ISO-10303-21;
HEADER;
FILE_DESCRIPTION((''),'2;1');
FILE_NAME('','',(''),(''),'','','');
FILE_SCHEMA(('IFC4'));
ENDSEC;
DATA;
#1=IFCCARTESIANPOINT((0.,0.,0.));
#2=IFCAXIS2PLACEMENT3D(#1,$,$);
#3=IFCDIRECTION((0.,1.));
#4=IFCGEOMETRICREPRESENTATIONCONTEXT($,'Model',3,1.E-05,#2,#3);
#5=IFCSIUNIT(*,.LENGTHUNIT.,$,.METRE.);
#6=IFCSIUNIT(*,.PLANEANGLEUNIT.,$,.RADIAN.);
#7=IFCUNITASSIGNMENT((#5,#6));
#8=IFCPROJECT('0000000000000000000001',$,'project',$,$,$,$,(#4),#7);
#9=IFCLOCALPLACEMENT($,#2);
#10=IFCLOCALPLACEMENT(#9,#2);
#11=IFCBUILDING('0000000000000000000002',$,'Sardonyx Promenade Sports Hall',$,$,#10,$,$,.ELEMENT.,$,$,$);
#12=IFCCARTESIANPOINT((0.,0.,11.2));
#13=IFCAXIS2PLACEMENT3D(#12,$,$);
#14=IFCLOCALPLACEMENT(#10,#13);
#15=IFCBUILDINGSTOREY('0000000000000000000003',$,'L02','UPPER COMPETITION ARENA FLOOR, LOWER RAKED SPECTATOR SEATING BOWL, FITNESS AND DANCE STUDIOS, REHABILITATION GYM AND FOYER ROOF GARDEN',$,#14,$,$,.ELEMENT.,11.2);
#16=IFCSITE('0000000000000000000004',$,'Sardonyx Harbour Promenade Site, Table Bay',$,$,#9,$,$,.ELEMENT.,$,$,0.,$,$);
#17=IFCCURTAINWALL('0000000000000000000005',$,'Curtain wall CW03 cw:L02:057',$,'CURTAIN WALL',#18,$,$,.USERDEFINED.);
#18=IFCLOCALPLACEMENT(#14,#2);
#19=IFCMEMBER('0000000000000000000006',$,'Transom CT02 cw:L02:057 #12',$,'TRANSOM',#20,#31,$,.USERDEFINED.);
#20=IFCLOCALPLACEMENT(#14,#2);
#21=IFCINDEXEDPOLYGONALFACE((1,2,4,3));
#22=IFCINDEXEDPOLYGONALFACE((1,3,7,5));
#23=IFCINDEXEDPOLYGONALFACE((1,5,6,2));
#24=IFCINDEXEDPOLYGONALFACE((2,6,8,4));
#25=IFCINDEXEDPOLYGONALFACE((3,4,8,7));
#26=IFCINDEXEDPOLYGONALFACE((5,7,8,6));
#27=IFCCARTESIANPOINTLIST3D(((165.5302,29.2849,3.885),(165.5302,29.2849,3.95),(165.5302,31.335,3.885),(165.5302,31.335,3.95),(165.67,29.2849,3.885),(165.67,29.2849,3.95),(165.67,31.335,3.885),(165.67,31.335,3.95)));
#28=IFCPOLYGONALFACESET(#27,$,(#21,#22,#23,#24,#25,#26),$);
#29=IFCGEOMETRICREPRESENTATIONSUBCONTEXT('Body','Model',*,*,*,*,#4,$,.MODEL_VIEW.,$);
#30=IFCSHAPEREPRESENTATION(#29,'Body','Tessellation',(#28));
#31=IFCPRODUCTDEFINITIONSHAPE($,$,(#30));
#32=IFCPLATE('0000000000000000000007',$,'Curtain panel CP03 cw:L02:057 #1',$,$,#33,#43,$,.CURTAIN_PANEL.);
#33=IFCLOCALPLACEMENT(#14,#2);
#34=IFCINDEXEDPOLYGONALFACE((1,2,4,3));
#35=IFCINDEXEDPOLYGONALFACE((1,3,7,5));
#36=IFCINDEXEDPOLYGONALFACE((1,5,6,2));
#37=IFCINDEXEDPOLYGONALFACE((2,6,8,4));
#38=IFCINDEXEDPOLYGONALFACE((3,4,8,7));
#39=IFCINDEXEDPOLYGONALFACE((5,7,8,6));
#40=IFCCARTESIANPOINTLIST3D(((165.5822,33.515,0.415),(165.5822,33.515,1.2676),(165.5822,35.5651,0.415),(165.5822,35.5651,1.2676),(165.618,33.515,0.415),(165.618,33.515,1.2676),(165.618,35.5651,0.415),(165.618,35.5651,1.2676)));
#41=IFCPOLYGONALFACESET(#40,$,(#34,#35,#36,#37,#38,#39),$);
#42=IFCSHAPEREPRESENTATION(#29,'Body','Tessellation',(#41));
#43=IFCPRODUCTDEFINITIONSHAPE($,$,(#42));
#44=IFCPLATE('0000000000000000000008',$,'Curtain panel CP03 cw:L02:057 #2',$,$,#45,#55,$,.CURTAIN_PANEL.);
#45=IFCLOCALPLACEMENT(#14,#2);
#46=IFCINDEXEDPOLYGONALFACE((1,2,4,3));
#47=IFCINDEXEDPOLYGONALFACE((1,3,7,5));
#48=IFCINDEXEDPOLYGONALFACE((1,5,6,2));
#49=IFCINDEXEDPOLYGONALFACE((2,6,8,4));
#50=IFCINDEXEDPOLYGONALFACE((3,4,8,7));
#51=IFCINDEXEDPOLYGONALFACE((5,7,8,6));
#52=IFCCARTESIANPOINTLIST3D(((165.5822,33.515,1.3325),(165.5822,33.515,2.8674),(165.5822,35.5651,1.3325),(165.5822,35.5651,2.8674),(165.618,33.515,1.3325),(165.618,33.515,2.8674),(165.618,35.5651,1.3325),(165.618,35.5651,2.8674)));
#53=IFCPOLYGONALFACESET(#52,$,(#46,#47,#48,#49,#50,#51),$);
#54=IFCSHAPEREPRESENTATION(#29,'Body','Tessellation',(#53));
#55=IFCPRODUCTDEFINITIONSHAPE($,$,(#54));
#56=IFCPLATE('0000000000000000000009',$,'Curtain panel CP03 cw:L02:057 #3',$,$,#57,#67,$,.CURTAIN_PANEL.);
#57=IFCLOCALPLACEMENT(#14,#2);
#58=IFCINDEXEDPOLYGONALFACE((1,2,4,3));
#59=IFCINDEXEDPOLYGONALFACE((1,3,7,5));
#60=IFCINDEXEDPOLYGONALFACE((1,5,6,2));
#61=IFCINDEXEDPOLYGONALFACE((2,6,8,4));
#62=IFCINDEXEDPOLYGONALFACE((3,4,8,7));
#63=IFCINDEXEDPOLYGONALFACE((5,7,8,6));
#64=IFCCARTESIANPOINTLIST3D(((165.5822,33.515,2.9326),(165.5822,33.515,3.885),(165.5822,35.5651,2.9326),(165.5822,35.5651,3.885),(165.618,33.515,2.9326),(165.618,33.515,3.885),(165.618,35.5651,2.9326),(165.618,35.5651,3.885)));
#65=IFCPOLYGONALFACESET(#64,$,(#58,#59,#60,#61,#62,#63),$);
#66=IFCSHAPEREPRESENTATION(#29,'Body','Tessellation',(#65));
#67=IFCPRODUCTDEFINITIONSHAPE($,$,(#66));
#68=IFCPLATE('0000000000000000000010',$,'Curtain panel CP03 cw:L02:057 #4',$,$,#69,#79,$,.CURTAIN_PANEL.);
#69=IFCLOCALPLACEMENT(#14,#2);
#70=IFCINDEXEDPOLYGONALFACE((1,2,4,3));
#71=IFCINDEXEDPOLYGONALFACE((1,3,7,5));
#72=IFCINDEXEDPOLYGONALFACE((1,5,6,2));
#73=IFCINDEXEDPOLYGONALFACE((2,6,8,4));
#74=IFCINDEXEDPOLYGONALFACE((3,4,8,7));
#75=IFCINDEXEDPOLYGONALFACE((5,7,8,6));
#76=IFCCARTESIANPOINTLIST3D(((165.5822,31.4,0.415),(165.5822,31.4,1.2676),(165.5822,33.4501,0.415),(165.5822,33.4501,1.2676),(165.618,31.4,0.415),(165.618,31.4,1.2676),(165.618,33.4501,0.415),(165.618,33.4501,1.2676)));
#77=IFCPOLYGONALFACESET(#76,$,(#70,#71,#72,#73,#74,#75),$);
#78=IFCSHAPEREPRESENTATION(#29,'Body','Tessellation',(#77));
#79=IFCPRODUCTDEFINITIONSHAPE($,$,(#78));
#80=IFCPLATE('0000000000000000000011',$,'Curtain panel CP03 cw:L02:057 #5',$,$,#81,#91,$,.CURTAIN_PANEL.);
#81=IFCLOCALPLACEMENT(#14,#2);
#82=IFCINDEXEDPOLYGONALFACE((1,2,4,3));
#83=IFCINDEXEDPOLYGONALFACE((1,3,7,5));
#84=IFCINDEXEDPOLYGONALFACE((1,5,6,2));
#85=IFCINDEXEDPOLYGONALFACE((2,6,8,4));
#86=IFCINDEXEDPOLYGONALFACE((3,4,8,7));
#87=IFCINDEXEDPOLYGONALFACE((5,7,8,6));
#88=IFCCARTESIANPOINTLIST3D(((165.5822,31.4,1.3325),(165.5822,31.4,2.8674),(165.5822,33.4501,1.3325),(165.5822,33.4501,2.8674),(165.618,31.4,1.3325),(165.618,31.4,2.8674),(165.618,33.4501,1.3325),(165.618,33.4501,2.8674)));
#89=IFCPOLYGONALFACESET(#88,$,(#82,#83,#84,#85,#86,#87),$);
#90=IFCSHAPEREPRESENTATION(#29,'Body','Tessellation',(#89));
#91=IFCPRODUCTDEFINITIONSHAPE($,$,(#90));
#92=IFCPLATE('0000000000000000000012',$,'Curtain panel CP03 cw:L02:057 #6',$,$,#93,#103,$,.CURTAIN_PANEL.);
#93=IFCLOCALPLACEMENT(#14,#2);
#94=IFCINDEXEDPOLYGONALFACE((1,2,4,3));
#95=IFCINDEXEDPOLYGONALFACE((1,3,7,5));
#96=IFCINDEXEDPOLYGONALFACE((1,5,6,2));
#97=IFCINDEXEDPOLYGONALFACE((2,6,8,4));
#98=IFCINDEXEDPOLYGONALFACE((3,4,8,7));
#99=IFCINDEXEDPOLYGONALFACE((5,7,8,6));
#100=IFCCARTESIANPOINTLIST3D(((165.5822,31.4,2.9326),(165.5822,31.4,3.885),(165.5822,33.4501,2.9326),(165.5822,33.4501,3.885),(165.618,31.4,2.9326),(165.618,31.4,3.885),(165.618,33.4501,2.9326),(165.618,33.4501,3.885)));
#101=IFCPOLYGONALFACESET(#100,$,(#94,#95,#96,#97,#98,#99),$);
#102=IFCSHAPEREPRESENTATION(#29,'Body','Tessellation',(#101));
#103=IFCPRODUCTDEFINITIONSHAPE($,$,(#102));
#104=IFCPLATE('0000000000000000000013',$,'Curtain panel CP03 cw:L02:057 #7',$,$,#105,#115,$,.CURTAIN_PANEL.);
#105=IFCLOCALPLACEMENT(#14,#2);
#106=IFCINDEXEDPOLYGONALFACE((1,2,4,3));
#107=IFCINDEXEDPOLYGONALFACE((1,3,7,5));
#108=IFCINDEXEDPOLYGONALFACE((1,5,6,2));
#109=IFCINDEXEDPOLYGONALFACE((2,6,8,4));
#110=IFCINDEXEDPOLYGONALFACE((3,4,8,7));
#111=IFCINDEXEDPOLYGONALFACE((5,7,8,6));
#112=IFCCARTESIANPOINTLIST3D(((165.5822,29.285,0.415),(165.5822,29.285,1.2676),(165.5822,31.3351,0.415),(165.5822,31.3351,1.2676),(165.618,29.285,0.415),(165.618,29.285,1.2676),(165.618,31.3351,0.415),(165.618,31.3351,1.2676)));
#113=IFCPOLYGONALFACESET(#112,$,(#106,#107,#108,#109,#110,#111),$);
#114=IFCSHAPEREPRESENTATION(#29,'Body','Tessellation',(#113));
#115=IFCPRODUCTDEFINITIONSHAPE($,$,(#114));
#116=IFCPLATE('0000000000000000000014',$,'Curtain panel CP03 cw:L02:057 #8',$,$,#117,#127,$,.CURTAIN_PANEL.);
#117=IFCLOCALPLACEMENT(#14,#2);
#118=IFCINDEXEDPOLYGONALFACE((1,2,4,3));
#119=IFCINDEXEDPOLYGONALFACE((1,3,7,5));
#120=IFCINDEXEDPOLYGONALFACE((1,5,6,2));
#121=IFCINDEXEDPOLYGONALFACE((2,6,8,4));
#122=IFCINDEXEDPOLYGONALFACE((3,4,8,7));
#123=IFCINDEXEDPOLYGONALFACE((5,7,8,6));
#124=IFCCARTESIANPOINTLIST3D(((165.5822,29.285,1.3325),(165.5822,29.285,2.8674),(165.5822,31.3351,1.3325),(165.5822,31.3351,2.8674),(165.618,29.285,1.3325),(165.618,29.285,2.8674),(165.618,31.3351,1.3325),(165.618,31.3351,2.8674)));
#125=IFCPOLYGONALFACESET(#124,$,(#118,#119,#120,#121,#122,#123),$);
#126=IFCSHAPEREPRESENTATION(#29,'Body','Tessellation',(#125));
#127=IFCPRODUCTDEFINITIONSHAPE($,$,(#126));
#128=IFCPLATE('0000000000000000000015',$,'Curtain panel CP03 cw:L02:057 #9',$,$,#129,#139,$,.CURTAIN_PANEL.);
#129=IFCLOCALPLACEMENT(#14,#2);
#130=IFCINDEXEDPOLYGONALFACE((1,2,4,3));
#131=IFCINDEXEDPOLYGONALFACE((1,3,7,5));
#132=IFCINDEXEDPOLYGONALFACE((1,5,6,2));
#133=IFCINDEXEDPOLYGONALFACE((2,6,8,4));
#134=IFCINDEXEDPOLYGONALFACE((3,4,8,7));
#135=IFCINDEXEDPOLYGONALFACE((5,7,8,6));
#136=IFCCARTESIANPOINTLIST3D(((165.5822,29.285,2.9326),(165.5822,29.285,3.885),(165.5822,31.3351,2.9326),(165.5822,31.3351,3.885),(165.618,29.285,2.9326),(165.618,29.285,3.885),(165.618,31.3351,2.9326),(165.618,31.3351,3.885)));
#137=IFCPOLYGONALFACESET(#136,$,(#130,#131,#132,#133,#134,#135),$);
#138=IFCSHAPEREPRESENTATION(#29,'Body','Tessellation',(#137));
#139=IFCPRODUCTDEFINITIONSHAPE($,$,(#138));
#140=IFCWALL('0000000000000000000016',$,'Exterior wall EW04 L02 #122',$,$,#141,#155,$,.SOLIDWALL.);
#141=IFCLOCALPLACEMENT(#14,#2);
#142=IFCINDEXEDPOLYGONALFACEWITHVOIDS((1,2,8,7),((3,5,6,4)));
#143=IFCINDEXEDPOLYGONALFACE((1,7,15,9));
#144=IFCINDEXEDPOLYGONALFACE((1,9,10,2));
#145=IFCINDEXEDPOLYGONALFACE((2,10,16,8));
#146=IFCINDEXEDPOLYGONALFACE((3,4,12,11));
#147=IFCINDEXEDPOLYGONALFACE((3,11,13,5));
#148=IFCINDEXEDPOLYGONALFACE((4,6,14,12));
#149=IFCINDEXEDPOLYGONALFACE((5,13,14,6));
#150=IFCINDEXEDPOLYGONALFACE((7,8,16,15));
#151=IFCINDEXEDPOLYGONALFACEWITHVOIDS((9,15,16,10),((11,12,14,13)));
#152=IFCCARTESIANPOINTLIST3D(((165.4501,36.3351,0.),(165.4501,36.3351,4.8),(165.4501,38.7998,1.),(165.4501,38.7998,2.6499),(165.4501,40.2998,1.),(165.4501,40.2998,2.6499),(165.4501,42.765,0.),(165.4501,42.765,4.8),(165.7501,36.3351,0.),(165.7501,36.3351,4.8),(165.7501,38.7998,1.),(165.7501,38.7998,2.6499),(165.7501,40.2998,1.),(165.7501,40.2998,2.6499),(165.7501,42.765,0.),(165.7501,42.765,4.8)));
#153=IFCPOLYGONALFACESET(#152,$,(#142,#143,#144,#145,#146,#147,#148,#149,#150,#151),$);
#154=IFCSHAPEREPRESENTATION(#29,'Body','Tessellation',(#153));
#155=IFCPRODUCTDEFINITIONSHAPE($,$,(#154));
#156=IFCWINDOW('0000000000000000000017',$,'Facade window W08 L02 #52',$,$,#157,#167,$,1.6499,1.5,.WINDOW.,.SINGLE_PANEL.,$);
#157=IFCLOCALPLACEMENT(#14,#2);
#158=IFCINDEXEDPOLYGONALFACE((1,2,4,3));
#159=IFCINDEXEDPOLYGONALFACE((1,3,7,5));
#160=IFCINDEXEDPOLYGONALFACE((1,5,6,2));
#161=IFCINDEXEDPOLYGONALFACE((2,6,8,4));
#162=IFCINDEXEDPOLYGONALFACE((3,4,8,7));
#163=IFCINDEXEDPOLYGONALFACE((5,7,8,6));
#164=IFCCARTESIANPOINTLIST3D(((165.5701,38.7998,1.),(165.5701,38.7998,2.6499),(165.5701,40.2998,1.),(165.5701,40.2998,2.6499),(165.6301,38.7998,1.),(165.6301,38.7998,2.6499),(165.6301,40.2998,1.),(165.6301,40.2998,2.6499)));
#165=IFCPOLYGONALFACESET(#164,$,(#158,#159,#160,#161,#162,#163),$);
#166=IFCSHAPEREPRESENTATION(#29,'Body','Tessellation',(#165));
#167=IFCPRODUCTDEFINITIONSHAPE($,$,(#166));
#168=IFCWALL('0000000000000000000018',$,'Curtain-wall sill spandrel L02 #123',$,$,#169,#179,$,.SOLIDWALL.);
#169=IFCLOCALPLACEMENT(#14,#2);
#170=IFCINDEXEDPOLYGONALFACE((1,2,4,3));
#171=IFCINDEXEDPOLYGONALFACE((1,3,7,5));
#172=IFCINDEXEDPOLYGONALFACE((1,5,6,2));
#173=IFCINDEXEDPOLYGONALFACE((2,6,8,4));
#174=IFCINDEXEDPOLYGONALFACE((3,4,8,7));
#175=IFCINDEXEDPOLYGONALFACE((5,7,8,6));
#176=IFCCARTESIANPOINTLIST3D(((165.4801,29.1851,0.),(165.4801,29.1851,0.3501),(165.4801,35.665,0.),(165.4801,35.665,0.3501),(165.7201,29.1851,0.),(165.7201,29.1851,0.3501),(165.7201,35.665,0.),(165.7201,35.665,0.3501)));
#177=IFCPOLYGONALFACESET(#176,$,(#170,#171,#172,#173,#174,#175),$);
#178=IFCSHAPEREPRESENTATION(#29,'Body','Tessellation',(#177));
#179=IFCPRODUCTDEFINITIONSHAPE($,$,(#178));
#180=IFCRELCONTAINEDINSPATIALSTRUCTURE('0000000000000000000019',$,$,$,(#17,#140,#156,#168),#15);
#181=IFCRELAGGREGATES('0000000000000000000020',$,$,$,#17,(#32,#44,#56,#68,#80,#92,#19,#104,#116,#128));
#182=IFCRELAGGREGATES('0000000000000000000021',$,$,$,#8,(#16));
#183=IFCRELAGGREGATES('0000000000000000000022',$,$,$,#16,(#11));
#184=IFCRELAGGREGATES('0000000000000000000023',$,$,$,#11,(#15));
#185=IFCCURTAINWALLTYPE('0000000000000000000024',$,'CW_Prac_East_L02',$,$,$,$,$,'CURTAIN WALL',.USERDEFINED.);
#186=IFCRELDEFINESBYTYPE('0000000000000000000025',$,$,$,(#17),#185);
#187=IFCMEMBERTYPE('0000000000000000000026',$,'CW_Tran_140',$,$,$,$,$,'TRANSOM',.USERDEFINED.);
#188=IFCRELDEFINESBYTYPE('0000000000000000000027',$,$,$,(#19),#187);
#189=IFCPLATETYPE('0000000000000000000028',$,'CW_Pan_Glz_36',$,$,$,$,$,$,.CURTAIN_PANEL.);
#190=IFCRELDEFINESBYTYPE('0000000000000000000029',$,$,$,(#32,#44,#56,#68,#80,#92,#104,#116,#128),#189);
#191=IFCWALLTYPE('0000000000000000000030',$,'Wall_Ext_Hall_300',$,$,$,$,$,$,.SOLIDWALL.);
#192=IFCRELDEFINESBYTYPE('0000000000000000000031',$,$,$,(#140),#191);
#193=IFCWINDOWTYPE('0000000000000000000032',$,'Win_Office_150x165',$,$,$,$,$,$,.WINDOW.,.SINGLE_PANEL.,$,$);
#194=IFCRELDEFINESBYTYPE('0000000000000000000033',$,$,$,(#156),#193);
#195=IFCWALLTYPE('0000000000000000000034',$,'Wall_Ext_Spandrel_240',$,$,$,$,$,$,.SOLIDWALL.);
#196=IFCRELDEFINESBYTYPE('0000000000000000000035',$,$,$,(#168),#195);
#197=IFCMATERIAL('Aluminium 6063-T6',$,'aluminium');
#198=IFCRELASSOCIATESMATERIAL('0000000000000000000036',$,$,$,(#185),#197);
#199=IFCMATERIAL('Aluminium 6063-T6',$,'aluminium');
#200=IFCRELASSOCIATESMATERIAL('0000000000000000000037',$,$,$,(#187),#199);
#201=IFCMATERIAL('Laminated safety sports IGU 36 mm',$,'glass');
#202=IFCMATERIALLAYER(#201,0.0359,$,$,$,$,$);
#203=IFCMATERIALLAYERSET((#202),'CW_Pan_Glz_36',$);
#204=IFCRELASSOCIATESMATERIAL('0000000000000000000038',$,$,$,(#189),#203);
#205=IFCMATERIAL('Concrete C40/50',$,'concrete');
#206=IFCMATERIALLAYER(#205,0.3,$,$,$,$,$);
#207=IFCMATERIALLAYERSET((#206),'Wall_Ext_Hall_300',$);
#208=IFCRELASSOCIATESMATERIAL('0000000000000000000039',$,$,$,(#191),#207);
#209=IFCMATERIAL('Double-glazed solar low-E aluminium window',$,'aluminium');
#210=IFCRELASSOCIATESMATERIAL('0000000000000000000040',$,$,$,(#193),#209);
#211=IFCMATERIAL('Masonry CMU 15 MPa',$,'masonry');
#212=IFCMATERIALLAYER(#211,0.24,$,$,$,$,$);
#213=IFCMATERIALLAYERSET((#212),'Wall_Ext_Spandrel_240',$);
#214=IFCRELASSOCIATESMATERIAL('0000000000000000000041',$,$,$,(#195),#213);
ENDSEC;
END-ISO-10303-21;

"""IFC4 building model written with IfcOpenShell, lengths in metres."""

from ifc_helpers import new_model, si_unit, direction, frame, frame_2d, origin, origin_2d, place, context, subcontext, project, spatial, rectangle, extrude, material, layer, layer_set, material_profile, profile_set, type_object, element, fill, aggregate, save


model = new_model("IFC4")

# Units and contexts
model_context = context("Model", 3, precision=1e-05, world=origin(), true_north=direction((0.0, 1.0)))
body_context = subcontext(model_context, "Body", "Model", "MODEL_VIEW")
ifc_project = project(units=[si_unit("LENGTHUNIT", "METRE"), si_unit("PLANEANGLEUNIT", "RADIAN")], contexts=[model_context])

# Site, building, storey
site_placement = place(None, origin())
site = spatial("IfcSite", under=ifc_project, at=site_placement, Name="Sardonyx Harbour Promenade Site, Table Bay", CompositionType="ELEMENT", RefElevation=0.0)
building_placement = place(site_placement, origin())
building = spatial("IfcBuilding", under=site, at=building_placement, Name="Sardonyx Promenade Sports Hall", CompositionType="ELEMENT")
storey_placement = place(building_placement, frame((0.0, 0.0, 11.2)))
storey = spatial("IfcBuildingStorey", under=building, at=storey_placement, Name="L02", Description="UPPER COMPETITION ARENA FLOOR, LOWER RAKED SPECTATOR SEATING BOWL, FITNESS AND DANCE STUDIOS, REHABILITATION GYM AND FOYER ROOF GARDEN", CompositionType="ELEMENT", Elevation=11.2)

# Curtain wall, member, plates
ifc_material_1 = material(Name="Aluminium 6063-T6", Category="aluminium")
curtain_wall_type = type_object("IfcCurtainWallType", Name="CW_Prac_East_L02", ElementType="CURTAIN WALL", PredefinedType="USERDEFINED", material=ifc_material_1)
curtain_wall_placement = place(storey_placement, origin())
curtain_wall = element("IfcCurtainWall", 1, at=curtain_wall_placement, inside=storey, type_object=curtain_wall_type, Name="Curtain wall CW03 cw:L02:057", ObjectType="CURTAIN WALL", PredefinedType="USERDEFINED")
ifc_material_2 = material(Name="Aluminium 6063-T6", Category="aluminium")
ifc_material_profile_1 = material_profile(ifc_material_2, rectangle(XDim=0.0649, YDim=0.1399, at=origin_2d()))
ifc_profile_set_1 = profile_set([ifc_material_profile_1], Name="Aluminium 6063-T6")
member_type_1 = type_object("IfcMemberType", Name="CW_Tran_140", ElementType="TRANSOM", PredefinedType="USERDEFINED", material=ifc_profile_set_1)
member_1_placement = place(storey_placement, frame((165.6001, 31.335, 3.9175), z_axis=(0.0, -1.0, 0.0), x_axis=(0.0, 0.0, 1.0)))
member_1 = element("IfcMember", 2, at=member_1_placement, type_object=member_type_1, Name="Transom CT02 cw:L02:057 #12", ObjectType="TRANSOM", PredefinedType="USERDEFINED", context=body_context, shape_type="SweptSolid", body=[
    extrude(rectangle(XDim=0.0649, YDim=0.1399, at=origin_2d()), origin(), (0.0, 0.0, 1.0), 2.05),
])
ifc_material_3 = material(Name="Laminated safety sports IGU 36 mm", Category="glass")
ifc_layer_1 = layer(ifc_material_3, 0.0359)
ifc_layer_set_1 = layer_set([ifc_layer_1], Name="CW_Pan_Glz_36")
plate_type = type_object("IfcPlateType", Name="CW_Pan_Glz_36", PredefinedType="CURTAIN_PANEL", material=ifc_layer_set_1)
plate_1_placement = place(storey_placement, frame((165.6001, 34.54, 0.415), z_axis=(0.0, 0.0, 1.0), x_axis=(0.0, -1.0, 0.0)))
plate_1 = element("IfcPlate", 3, at=plate_1_placement, type_object=plate_type, Name="Curtain panel CP03 cw:L02:057 #1", PredefinedType="CURTAIN_PANEL", context=body_context, shape_type="SweptSolid", body=[
    extrude(rectangle(XDim=2.05, YDim=0.0359, at=origin_2d()), origin(), (0.0, 0.0, 1.0), 0.8525),
])
plate_2_placement = place(storey_placement, frame((165.6001, 34.54, 1.3325), z_axis=(0.0, 0.0, 1.0), x_axis=(0.0, -1.0, 0.0)))
plate_2 = element("IfcPlate", 4, at=plate_2_placement, type_object=plate_type, Name="Curtain panel CP03 cw:L02:057 #2", PredefinedType="CURTAIN_PANEL", context=body_context, shape_type="SweptSolid", body=[
    extrude(rectangle(XDim=2.05, YDim=0.0359, at=origin_2d()), origin(), (0.0, 0.0, 1.0), 1.5349),
])
plate_3_placement = place(storey_placement, frame((165.6001, 34.54, 2.9326), z_axis=(0.0, 0.0, 1.0), x_axis=(0.0, -1.0, 0.0)))
plate_3 = element("IfcPlate", 5, at=plate_3_placement, type_object=plate_type, Name="Curtain panel CP03 cw:L02:057 #3", PredefinedType="CURTAIN_PANEL", context=body_context, shape_type="SweptSolid", body=[
    extrude(rectangle(XDim=2.05, YDim=0.0359, at=origin_2d()), origin(), (0.0, 0.0, 1.0), 0.9524),
])
plate_4_placement = place(storey_placement, frame((165.6001, 32.425, 0.415), z_axis=(0.0, 0.0, 1.0), x_axis=(0.0, -1.0, 0.0)))
plate_4 = element("IfcPlate", 6, at=plate_4_placement, type_object=plate_type, Name="Curtain panel CP03 cw:L02:057 #4", PredefinedType="CURTAIN_PANEL", context=body_context, shape_type="SweptSolid", body=[
    extrude(rectangle(XDim=2.05, YDim=0.0359, at=origin_2d()), origin(), (0.0, 0.0, 1.0), 0.8525),
])
plate_5_placement = place(storey_placement, frame((165.6001, 32.425, 1.3325), z_axis=(0.0, 0.0, 1.0), x_axis=(0.0, -1.0, 0.0)))
plate_5 = element("IfcPlate", 7, at=plate_5_placement, type_object=plate_type, Name="Curtain panel CP03 cw:L02:057 #5", PredefinedType="CURTAIN_PANEL", context=body_context, shape_type="SweptSolid", body=[
    extrude(rectangle(XDim=2.05, YDim=0.0359, at=origin_2d()), origin(), (0.0, 0.0, 1.0), 1.5349),
])
plate_6_placement = place(storey_placement, frame((165.6001, 32.425, 2.9326), z_axis=(0.0, 0.0, 1.0), x_axis=(0.0, -1.0, 0.0)))
plate_6 = element("IfcPlate", 8, at=plate_6_placement, type_object=plate_type, Name="Curtain panel CP03 cw:L02:057 #6", PredefinedType="CURTAIN_PANEL", context=body_context, shape_type="SweptSolid", body=[
    extrude(rectangle(XDim=2.05, YDim=0.0359, at=origin_2d()), origin(), (0.0, 0.0, 1.0), 0.9524),
])
plate_7_placement = place(storey_placement, frame((165.6001, 30.3101, 0.415), z_axis=(0.0, 0.0, 1.0), x_axis=(0.0, -1.0, 0.0)))
plate_7 = element("IfcPlate", 9, at=plate_7_placement, type_object=plate_type, Name="Curtain panel CP03 cw:L02:057 #7", PredefinedType="CURTAIN_PANEL", context=body_context, shape_type="SweptSolid", body=[
    extrude(rectangle(XDim=2.05, YDim=0.0359, at=origin_2d()), origin(), (0.0, 0.0, 1.0), 0.8525),
])
plate_8_placement = place(storey_placement, frame((165.6001, 30.3101, 1.3325), z_axis=(0.0, 0.0, 1.0), x_axis=(0.0, -1.0, 0.0)))
plate_8 = element("IfcPlate", 10, at=plate_8_placement, type_object=plate_type, Name="Curtain panel CP03 cw:L02:057 #8", PredefinedType="CURTAIN_PANEL", context=body_context, shape_type="SweptSolid", body=[
    extrude(rectangle(XDim=2.05, YDim=0.0359, at=origin_2d()), origin(), (0.0, 0.0, 1.0), 1.5349),
])
plate_9_placement = place(storey_placement, frame((165.6001, 30.3101, 2.9326), z_axis=(0.0, 0.0, 1.0), x_axis=(0.0, -1.0, 0.0)))
plate_9 = element("IfcPlate", 11, at=plate_9_placement, type_object=plate_type, Name="Curtain panel CP03 cw:L02:057 #9", PredefinedType="CURTAIN_PANEL", context=body_context, shape_type="SweptSolid", body=[
    extrude(rectangle(XDim=2.05, YDim=0.0359, at=origin_2d()), origin(), (0.0, 0.0, 1.0), 0.9524),
])
aggregate(curtain_wall, [plate_1, plate_2, plate_3, plate_4, plate_5, plate_6, member_1, plate_7, plate_8, plate_9])

# Wall, opening, window
ifc_material_4 = material(Name="Concrete C40/50", Category="concrete")
ifc_layer_2 = layer(ifc_material_4, 0.3)
ifc_layer_set_2 = layer_set([ifc_layer_2], Name="Wall_Ext_Hall_300")
wall_type_1 = type_object("IfcWallType", Name="Wall_Ext_Hall_300", PredefinedType="SOLIDWALL", material=ifc_layer_set_2)
wall_1_placement = place(storey_placement, frame((165.6001, 42.7649, 0.0), z_axis=(0.0, 0.0, 1.0), x_axis=(0.0, -1.0, 0.0)))
wall_1 = element("IfcWall", 12, at=wall_1_placement, inside=storey, type_object=wall_type_1, Name="Exterior wall EW04 L02 #122", PredefinedType="SOLIDWALL", context=body_context, shape_type="SweptSolid", body=[
    extrude(rectangle(XDim=6.4299, YDim=0.3, at=frame_2d((3.2148, 0.0))), origin(), (0.0, 0.0, 1.0), 4.8),
])
opening_placement = place(wall_1_placement, frame((2.4651, 0.0, 1.0)))
opening = element("IfcOpeningElement", 13, at=opening_placement, cuts=wall_1, PredefinedType="OPENING", context=body_context, shape_type="SweptSolid", body=[
    extrude(rectangle(XDim=1.5, YDim=1.6499, at=frame_2d((0.75, 0.825))), frame((0.0, 0.16, 0.0), z_axis=(0.0, -1.0, 0.0), x_axis=(1.0, 0.0, 0.0)), (0.0, 0.0, 1.0), 0.32),
])
ifc_material_5 = material(Name="Double-glazed solar low-E aluminium window", Category="aluminium")
window_type = type_object("IfcWindowType", Name="Win_Office_150x165", PartitioningType="SINGLE_PANEL", PredefinedType="WINDOW", material=ifc_material_5)
window_placement = place(opening_placement, origin())
window = element("IfcWindow", 14, at=window_placement, inside=storey, type_object=window_type, Name="Facade window W08 L02 #52", OverallHeight=1.6499, OverallWidth=1.5, PartitioningType="SINGLE_PANEL", PredefinedType="WINDOW", context=body_context, shape_type="SweptSolid", body=[
    extrude(rectangle(XDim=1.5, YDim=1.6499, at=frame_2d((0.75, 0.825))), frame((0.0, 0.03, 0.0), z_axis=(0.0, -1.0, 0.0), x_axis=(1.0, 0.0, 0.0)), (0.0, 0.0, 1.0), 0.0601),
])
fill(opening, window)

# Wall
ifc_material_6 = material(Name="Masonry CMU 15 MPa", Category="masonry")
ifc_layer_3 = layer(ifc_material_6, 0.24)
ifc_layer_set_3 = layer_set([ifc_layer_3], Name="Wall_Ext_Spandrel_240")
wall_type_2 = type_object("IfcWallType", Name="Wall_Ext_Spandrel_240", PredefinedType="SOLIDWALL", material=ifc_layer_set_3)
wall_2_placement = place(storey_placement, frame((165.6001, 35.665, 0.0), z_axis=(0.0, 0.0, 1.0), x_axis=(0.0, -1.0, 0.0)))
element("IfcWall", 15, at=wall_2_placement, inside=storey, type_object=wall_type_2, Name="Curtain-wall sill spandrel L02 #123", PredefinedType="SOLIDWALL", context=body_context, shape_type="SweptSolid", body=[
    extrude(rectangle(XDim=6.48, YDim=0.24, at=frame_2d((3.24, 0.0))), origin(), (0.0, 0.0, 1.0), 0.3501),
])

save(model, "model.ifc")
